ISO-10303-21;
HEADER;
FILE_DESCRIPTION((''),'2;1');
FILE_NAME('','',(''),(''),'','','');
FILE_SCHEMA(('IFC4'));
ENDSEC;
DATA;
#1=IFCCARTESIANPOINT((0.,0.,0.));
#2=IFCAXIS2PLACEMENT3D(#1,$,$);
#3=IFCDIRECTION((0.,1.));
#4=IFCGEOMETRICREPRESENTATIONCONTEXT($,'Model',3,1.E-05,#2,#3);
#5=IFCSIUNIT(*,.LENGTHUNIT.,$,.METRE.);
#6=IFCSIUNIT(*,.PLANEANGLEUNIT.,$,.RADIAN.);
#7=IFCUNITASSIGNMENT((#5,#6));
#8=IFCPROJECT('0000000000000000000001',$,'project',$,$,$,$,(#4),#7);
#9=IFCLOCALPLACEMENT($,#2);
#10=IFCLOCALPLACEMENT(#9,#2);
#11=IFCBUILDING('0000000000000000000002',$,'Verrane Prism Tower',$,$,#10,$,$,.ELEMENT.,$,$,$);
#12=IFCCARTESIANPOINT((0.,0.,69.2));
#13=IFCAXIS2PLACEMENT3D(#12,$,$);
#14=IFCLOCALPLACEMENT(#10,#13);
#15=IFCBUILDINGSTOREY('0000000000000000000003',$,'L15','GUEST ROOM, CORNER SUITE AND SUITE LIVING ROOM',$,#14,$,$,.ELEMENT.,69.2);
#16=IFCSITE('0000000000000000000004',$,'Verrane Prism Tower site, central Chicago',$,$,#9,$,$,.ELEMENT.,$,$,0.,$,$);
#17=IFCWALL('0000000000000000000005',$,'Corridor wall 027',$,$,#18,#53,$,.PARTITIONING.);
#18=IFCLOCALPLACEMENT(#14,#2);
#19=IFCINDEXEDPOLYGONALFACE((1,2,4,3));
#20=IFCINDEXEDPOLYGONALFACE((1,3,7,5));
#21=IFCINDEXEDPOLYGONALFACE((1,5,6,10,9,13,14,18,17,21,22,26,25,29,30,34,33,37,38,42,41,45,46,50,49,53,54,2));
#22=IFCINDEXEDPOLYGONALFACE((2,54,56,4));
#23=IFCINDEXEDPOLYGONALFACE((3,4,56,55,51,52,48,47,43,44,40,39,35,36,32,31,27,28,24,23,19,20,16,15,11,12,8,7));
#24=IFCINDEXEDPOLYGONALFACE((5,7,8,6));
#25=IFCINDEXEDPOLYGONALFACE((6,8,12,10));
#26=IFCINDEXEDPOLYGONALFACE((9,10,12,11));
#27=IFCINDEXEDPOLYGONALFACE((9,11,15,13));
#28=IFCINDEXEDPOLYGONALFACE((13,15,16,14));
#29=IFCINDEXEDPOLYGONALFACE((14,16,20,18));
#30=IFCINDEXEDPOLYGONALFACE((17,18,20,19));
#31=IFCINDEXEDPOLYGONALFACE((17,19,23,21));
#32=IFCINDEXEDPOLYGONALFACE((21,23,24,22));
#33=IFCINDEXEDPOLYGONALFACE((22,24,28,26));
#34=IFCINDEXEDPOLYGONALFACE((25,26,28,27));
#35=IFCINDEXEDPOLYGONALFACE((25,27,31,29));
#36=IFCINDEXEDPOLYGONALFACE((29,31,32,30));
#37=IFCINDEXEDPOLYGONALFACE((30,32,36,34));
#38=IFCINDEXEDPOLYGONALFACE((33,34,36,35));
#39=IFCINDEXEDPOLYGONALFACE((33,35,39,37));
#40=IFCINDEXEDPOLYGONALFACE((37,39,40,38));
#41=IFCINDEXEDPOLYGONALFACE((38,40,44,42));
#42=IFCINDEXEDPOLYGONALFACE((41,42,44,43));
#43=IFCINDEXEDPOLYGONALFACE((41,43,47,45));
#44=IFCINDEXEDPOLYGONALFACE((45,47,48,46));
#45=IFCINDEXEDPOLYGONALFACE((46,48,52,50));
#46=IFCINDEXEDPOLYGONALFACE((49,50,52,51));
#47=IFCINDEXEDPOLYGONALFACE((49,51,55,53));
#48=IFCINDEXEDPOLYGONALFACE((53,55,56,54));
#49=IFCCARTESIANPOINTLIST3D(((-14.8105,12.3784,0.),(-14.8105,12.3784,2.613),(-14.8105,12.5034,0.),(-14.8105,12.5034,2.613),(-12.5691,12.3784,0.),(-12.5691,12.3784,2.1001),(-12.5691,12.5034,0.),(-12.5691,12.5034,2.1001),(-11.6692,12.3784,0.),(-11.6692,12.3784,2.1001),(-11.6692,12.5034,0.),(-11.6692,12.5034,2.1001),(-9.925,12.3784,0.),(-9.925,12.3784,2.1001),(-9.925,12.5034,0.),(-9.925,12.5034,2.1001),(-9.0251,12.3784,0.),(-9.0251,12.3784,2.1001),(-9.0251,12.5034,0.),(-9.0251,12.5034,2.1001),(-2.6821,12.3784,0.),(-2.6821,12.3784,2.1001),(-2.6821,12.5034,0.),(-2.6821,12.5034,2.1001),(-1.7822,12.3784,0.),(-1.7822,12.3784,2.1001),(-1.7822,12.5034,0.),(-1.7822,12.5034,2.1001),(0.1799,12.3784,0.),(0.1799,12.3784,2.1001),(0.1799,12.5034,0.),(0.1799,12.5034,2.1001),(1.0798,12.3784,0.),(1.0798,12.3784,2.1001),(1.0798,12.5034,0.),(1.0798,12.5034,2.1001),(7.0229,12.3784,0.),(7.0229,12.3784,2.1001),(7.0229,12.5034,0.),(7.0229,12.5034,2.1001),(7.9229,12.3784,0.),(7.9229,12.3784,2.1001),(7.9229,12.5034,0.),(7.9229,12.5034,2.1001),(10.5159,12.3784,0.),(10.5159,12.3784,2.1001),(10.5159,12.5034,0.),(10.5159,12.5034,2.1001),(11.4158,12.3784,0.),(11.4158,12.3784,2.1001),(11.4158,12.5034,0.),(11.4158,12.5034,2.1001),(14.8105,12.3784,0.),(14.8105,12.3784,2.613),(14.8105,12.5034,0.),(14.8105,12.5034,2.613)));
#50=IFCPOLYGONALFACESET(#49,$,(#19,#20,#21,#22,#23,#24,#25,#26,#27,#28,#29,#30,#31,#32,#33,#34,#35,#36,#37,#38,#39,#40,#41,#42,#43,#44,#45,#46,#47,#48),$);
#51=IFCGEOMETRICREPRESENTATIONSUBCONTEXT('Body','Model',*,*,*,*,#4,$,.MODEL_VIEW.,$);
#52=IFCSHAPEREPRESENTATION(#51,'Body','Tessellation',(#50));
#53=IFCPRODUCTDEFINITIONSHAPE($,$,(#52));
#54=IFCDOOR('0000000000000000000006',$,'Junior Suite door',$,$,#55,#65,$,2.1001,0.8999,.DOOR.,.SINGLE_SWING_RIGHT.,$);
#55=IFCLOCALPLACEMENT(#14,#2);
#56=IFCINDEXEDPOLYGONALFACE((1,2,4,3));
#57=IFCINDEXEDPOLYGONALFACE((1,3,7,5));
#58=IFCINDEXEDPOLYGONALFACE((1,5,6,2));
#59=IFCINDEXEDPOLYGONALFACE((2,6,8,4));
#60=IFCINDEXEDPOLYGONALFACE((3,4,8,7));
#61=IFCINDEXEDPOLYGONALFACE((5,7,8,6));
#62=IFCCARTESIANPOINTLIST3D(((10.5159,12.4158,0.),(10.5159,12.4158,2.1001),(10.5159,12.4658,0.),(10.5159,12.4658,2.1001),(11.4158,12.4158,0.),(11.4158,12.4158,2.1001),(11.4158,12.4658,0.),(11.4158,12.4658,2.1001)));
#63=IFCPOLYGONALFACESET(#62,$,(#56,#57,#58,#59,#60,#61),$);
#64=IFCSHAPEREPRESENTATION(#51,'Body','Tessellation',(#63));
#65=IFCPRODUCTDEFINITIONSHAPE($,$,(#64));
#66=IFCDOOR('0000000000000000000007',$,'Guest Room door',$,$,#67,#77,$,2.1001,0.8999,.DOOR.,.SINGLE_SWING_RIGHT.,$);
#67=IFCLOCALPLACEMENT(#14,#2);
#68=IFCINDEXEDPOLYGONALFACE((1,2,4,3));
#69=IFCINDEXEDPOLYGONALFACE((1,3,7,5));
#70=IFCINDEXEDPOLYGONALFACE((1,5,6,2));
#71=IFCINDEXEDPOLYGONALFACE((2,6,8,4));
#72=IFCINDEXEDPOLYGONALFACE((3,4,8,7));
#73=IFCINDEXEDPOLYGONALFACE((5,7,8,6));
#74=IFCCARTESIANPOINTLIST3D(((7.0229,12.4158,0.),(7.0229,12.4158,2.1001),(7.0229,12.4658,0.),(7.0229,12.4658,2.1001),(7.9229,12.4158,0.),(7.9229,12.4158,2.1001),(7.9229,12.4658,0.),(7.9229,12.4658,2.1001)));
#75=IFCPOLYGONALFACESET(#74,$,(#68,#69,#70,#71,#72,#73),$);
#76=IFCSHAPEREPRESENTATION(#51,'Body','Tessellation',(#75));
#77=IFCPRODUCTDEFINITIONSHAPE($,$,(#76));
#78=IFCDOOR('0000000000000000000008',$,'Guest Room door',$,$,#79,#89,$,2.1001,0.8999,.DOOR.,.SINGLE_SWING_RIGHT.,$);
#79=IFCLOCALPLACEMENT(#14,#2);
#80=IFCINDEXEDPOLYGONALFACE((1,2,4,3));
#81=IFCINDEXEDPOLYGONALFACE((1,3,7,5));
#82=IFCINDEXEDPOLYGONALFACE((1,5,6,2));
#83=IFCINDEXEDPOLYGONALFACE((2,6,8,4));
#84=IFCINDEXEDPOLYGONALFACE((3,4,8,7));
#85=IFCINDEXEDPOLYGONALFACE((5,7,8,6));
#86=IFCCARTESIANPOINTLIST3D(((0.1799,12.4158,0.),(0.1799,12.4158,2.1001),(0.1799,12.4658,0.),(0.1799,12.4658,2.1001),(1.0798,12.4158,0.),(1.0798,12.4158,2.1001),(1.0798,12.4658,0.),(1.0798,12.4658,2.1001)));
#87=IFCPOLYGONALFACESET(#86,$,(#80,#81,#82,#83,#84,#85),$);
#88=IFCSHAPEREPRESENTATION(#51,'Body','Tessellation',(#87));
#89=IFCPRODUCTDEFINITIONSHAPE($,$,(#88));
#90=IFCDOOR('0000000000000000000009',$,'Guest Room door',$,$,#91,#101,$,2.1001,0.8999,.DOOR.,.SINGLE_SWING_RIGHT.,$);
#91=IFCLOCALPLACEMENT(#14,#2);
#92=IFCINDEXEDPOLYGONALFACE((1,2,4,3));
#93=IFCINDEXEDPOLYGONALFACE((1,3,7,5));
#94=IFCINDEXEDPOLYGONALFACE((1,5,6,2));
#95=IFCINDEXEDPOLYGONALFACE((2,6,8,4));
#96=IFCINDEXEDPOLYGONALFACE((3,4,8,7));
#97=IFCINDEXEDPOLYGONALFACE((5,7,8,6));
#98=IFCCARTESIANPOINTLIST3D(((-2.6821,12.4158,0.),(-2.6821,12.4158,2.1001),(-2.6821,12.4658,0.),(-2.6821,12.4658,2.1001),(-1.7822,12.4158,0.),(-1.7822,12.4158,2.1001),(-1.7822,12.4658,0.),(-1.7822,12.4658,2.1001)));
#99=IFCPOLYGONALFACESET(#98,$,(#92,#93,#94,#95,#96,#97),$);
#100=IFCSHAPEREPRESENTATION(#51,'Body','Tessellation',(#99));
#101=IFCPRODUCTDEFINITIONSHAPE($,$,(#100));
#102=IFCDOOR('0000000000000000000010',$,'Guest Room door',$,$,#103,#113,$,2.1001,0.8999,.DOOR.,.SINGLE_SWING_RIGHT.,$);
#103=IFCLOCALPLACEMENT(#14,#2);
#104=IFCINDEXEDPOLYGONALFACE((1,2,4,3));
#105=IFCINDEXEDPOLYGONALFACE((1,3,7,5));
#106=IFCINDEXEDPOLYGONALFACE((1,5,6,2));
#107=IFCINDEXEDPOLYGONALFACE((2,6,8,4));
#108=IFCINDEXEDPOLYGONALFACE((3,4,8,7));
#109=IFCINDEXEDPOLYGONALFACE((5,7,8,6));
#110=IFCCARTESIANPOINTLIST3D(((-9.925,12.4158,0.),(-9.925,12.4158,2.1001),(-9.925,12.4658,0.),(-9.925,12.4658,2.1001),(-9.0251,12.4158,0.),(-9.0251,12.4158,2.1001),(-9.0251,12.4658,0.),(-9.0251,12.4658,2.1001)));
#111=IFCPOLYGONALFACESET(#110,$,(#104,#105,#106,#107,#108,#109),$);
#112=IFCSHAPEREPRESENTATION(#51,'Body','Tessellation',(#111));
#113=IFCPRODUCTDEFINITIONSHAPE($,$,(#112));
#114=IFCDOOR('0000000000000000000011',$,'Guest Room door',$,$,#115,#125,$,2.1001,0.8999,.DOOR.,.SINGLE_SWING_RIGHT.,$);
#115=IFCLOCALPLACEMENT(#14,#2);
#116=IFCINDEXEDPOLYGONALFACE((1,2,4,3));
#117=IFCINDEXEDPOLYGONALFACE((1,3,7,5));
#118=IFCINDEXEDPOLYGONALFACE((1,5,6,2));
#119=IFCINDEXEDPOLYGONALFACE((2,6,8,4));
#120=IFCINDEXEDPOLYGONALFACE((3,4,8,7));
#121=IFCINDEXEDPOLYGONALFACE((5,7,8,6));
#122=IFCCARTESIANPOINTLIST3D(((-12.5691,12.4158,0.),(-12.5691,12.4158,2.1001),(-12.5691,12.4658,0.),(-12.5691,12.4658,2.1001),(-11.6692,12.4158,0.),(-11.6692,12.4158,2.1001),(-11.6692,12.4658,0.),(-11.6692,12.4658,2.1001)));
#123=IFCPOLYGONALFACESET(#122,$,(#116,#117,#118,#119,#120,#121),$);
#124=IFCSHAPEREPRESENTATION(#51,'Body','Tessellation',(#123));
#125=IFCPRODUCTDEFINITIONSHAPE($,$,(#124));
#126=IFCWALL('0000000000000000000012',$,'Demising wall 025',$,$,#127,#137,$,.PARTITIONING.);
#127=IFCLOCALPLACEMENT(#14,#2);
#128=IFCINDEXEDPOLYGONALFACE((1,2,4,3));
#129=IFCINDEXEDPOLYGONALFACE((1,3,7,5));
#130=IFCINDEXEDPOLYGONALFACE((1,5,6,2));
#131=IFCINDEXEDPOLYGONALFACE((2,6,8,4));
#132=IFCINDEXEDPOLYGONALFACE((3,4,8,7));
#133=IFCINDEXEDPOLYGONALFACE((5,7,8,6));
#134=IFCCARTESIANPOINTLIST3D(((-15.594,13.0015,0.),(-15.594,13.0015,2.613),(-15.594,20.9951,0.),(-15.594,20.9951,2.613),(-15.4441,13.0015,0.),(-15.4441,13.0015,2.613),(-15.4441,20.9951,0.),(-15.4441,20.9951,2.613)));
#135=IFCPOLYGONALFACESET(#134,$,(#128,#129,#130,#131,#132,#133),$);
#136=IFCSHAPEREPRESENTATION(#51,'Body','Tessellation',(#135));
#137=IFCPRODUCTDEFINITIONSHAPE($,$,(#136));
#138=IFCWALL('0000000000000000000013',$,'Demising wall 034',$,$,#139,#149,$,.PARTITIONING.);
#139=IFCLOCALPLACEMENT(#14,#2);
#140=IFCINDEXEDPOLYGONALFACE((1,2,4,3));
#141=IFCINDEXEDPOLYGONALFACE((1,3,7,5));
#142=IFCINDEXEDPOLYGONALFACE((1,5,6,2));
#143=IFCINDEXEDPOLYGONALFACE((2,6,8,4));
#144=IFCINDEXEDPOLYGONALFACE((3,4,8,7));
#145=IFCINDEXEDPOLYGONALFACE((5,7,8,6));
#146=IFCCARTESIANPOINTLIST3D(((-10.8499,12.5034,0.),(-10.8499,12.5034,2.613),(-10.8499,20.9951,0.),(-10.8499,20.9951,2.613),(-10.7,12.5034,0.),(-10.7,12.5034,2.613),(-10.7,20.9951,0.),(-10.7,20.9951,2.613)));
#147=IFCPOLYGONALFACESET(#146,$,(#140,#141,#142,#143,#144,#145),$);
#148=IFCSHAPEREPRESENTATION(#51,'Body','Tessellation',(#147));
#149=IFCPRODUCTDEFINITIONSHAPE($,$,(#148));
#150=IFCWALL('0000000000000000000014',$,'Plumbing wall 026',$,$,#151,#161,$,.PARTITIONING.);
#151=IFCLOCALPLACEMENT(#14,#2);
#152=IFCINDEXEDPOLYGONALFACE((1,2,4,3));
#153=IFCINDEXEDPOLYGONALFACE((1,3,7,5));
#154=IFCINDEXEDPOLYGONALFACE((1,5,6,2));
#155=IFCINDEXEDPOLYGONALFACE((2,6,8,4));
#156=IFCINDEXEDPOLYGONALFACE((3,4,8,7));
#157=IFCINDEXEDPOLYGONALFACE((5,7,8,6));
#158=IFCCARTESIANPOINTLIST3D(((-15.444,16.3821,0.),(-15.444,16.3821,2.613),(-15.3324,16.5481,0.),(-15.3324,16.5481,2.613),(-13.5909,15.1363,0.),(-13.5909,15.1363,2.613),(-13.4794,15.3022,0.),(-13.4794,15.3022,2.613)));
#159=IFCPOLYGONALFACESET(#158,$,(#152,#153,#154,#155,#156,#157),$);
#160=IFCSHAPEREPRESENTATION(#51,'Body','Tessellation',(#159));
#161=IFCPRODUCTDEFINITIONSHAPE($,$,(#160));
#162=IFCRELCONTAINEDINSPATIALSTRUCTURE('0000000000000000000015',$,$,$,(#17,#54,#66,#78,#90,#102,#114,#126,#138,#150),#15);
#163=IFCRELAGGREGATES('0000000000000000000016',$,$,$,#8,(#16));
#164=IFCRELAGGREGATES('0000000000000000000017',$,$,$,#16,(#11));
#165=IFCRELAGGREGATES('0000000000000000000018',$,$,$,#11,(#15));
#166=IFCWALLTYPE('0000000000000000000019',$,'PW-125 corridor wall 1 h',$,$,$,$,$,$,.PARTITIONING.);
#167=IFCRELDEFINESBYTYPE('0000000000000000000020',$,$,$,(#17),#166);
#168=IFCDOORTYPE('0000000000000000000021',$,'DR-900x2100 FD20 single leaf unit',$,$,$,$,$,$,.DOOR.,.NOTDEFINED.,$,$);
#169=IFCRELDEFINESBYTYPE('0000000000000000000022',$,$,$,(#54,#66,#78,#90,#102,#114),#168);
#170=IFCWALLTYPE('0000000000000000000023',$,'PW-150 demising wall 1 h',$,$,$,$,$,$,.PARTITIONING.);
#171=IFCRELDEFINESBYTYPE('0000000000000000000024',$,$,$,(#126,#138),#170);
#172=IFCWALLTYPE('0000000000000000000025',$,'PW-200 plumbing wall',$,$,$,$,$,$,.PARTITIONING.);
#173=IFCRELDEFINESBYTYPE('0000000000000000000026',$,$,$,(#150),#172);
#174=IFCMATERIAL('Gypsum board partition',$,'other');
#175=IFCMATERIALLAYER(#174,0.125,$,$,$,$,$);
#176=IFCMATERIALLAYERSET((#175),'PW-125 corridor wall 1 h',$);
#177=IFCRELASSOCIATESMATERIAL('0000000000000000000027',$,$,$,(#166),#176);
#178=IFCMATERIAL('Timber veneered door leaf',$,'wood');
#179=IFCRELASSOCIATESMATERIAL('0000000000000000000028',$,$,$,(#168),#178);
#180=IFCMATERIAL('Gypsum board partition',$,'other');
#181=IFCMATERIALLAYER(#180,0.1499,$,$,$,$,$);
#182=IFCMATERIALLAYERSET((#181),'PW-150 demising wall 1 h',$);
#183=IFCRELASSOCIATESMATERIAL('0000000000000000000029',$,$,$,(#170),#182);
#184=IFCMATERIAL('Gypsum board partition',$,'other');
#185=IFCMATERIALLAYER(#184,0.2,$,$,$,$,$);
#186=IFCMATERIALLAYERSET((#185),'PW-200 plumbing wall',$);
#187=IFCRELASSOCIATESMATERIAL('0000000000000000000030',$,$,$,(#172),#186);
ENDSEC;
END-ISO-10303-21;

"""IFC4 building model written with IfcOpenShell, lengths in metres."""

from ifc_helpers import new_model, si_unit, direction, frame, frame_2d, origin, place, context, subcontext, project, spatial, rectangle, extrude, material, layer, layer_set, type_object, element, fill, save


model = new_model("IFC4")

# Units and contexts
model_context = context("Model", 3, precision=1e-05, world=origin(), true_north=direction((0.0, 1.0)))
body_context = subcontext(model_context, "Body", "Model", "MODEL_VIEW")
ifc_project = project(units=[si_unit("LENGTHUNIT", "METRE"), si_unit("PLANEANGLEUNIT", "RADIAN")], contexts=[model_context])

# Site, building, storey
site_placement = place(None, origin())
site = spatial("IfcSite", under=ifc_project, at=site_placement, Name="Verrane Prism Tower site, central Chicago", CompositionType="ELEMENT", RefElevation=0.0)
building_placement = place(site_placement, origin())
building = spatial("IfcBuilding", under=site, at=building_placement, Name="Verrane Prism Tower", CompositionType="ELEMENT")
storey_placement = place(building_placement, frame((0.0, 0.0, 69.2)))
storey = spatial("IfcBuildingStorey", under=building, at=storey_placement, Name="L15", Description="GUEST ROOM, CORNER SUITE AND SUITE LIVING ROOM", CompositionType="ELEMENT", Elevation=69.2)

# Shared definitions
ifc_material_1 = material(Name="Gypsum board partition", Category="other")
ifc_layer_1 = layer(ifc_material_1, 0.125)
ifc_layer_set_1 = layer_set([ifc_layer_1], Name="PW-125 corridor wall 1 h")
wall_type_1 = type_object("IfcWallType", Name="PW-125 corridor wall 1 h", PredefinedType="PARTITIONING", material=ifc_layer_set_1)

# Wall, openings, doors
wall_1_placement = place(storey_placement, frame((-14.8105, 12.4409, 0.0), z_axis=(0.0, 0.0, 1.0), x_axis=(1.0, 0.0, 0.0)))
wall_1 = element("IfcWall", 1, at=wall_1_placement, inside=storey, type_object=wall_type_1, Name="Corridor wall 027", PredefinedType="PARTITIONING", context=body_context, shape_type="SweptSolid", body=[
    extrude(rectangle(XDim=29.6211, YDim=0.125, at=frame_2d((14.8105, 0.0))), origin(), (0.0, 0.0, 1.0), 2.613),
])
opening_1_placement = place(wall_1_placement, frame((25.3264, 0.0, 0.0)))
opening_1 = element("IfcOpeningElement", 2, at=opening_1_placement, cuts=wall_1, PredefinedType="OPENING", context=body_context, shape_type="SweptSolid", body=[
    extrude(rectangle(XDim=0.8999, YDim=2.1001, at=frame_2d((0.45, 1.05))), frame((0.0, 0.0725, 0.0), z_axis=(0.0, -1.0, 0.0), x_axis=(1.0, 0.0, 0.0)), (0.0, 0.0, 1.0), 0.145),
])
opening_2_placement = place(wall_1_placement, frame((21.8335, 0.0, 0.0)))
opening_2 = element("IfcOpeningElement", 3, at=opening_2_placement, cuts=wall_1, PredefinedType="OPENING", context=body_context, shape_type="SweptSolid", body=[
    extrude(rectangle(XDim=0.8999, YDim=2.1001, at=frame_2d((0.45, 1.05))), frame((0.0, 0.0725, 0.0), z_axis=(0.0, -1.0, 0.0), x_axis=(1.0, 0.0, 0.0)), (0.0, 0.0, 1.0), 0.145),
])
opening_3_placement = place(wall_1_placement, frame((14.9905, 0.0, 0.0)))
opening_3 = element("IfcOpeningElement", 4, at=opening_3_placement, cuts=wall_1, PredefinedType="OPENING", context=body_context, shape_type="SweptSolid", body=[
    extrude(rectangle(XDim=0.8999, YDim=2.1001, at=frame_2d((0.45, 1.05))), frame((0.0, 0.0725, 0.0), z_axis=(0.0, -1.0, 0.0), x_axis=(1.0, 0.0, 0.0)), (0.0, 0.0, 1.0), 0.145),
])
opening_4_placement = place(wall_1_placement, frame((12.1284, 0.0, 0.0)))
opening_4 = element("IfcOpeningElement", 5, at=opening_4_placement, cuts=wall_1, PredefinedType="OPENING", context=body_context, shape_type="SweptSolid", body=[
    extrude(rectangle(XDim=0.8999, YDim=2.1001, at=frame_2d((0.45, 1.05))), frame((0.0, 0.0725, 0.0), z_axis=(0.0, -1.0, 0.0), x_axis=(1.0, 0.0, 0.0)), (0.0, 0.0, 1.0), 0.145),
])
opening_5_placement = place(wall_1_placement, frame((4.8855, 0.0, 0.0)))
opening_5 = element("IfcOpeningElement", 6, at=opening_5_placement, cuts=wall_1, PredefinedType="OPENING", context=body_context, shape_type="SweptSolid", body=[
    extrude(rectangle(XDim=0.8999, YDim=2.1001, at=frame_2d((0.45, 1.05))), frame((0.0, 0.0725, 0.0), z_axis=(0.0, -1.0, 0.0), x_axis=(1.0, 0.0, 0.0)), (0.0, 0.0, 1.0), 0.145),
])
opening_6_placement = place(wall_1_placement, frame((2.2415, 0.0, 0.0)))
opening_6 = element("IfcOpeningElement", 7, at=opening_6_placement, cuts=wall_1, PredefinedType="OPENING", context=body_context, shape_type="SweptSolid", body=[
    extrude(rectangle(XDim=0.8999, YDim=2.1001, at=frame_2d((0.45, 1.05))), frame((0.0, 0.0725, 0.0), z_axis=(0.0, -1.0, 0.0), x_axis=(1.0, 0.0, 0.0)), (0.0, 0.0, 1.0), 0.145),
])
ifc_material_2 = material(Name="Timber veneered door leaf", Category="wood")
door_type_1 = type_object("IfcDoorType", Name="DR-900x2100 FD20 single leaf unit", OperationType="NOTDEFINED", PredefinedType="DOOR", material=ifc_material_2)
door_1_placement = place(opening_1_placement, origin())
door_1 = element("IfcDoor", 8, at=door_1_placement, inside=storey, type_object=door_type_1, Name="Junior Suite door", OperationType="SINGLE_SWING_RIGHT", OverallHeight=2.1001, OverallWidth=0.8999, PredefinedType="DOOR", context=body_context, shape_type="SweptSolid", body=[
    extrude(rectangle(XDim=0.8999, YDim=2.1001, at=frame_2d((0.45, 1.05))), frame((0.0, 0.0249, 0.0), z_axis=(0.0, -1.0, 0.0), x_axis=(1.0, 0.0, 0.0)), (0.0, 0.0, 1.0), 0.05),
])
fill(opening_1, door_1)
door_2_placement = place(opening_2_placement, origin())
door_2 = element("IfcDoor", 9, at=door_2_placement, inside=storey, type_object=door_type_1, Name="Guest Room door", OperationType="SINGLE_SWING_RIGHT", OverallHeight=2.1001, OverallWidth=0.8999, PredefinedType="DOOR", context=body_context, shape_type="SweptSolid", body=[
    extrude(rectangle(XDim=0.8999, YDim=2.1001, at=frame_2d((0.45, 1.05))), frame((0.0, 0.0249, 0.0), z_axis=(0.0, -1.0, 0.0), x_axis=(1.0, 0.0, 0.0)), (0.0, 0.0, 1.0), 0.05),
])
fill(opening_2, door_2)
door_3_placement = place(opening_3_placement, origin())
door_3 = element("IfcDoor", 10, at=door_3_placement, inside=storey, type_object=door_type_1, Name="Guest Room door", OperationType="SINGLE_SWING_RIGHT", OverallHeight=2.1001, OverallWidth=0.8999, PredefinedType="DOOR", context=body_context, shape_type="SweptSolid", body=[
    extrude(rectangle(XDim=0.8999, YDim=2.1001, at=frame_2d((0.45, 1.05))), frame((0.0, 0.0249, 0.0), z_axis=(0.0, -1.0, 0.0), x_axis=(1.0, 0.0, 0.0)), (0.0, 0.0, 1.0), 0.05),
])
fill(opening_3, door_3)
door_4_placement = place(opening_4_placement, origin())
door_4 = element("IfcDoor", 11, at=door_4_placement, inside=storey, type_object=door_type_1, Name="Guest Room door", OperationType="SINGLE_SWING_RIGHT", OverallHeight=2.1001, OverallWidth=0.8999, PredefinedType="DOOR", context=body_context, shape_type="SweptSolid", body=[
    extrude(rectangle(XDim=0.8999, YDim=2.1001, at=frame_2d((0.45, 1.05))), frame((0.0, 0.0249, 0.0), z_axis=(0.0, -1.0, 0.0), x_axis=(1.0, 0.0, 0.0)), (0.0, 0.0, 1.0), 0.05),
])
fill(opening_4, door_4)
door_5_placement = place(opening_5_placement, origin())
door_5 = element("IfcDoor", 12, at=door_5_placement, inside=storey, type_object=door_type_1, Name="Guest Room door", OperationType="SINGLE_SWING_RIGHT", OverallHeight=2.1001, OverallWidth=0.8999, PredefinedType="DOOR", context=body_context, shape_type="SweptSolid", body=[
    extrude(rectangle(XDim=0.8999, YDim=2.1001, at=frame_2d((0.45, 1.05))), frame((0.0, 0.0249, 0.0), z_axis=(0.0, -1.0, 0.0), x_axis=(1.0, 0.0, 0.0)), (0.0, 0.0, 1.0), 0.05),
])
fill(opening_5, door_5)
door_6_placement = place(opening_6_placement, origin())
door_6 = element("IfcDoor", 13, at=door_6_placement, inside=storey, type_object=door_type_1, Name="Guest Room door", OperationType="SINGLE_SWING_RIGHT", OverallHeight=2.1001, OverallWidth=0.8999, PredefinedType="DOOR", context=body_context, shape_type="SweptSolid", body=[
    extrude(rectangle(XDim=0.8999, YDim=2.1001, at=frame_2d((0.45, 1.05))), frame((0.0, 0.0249, 0.0), z_axis=(0.0, -1.0, 0.0), x_axis=(1.0, 0.0, 0.0)), (0.0, 0.0, 1.0), 0.05),
])
fill(opening_6, door_6)

# Walls
ifc_material_3 = material(Name="Gypsum board partition", Category="other")
ifc_layer_2 = layer(ifc_material_3, 0.1499)
ifc_layer_set_2 = layer_set([ifc_layer_2], Name="PW-150 demising wall 1 h")
wall_type_2 = type_object("IfcWallType", Name="PW-150 demising wall 1 h", PredefinedType="PARTITIONING", material=ifc_layer_set_2)
wall_2_placement = place(storey_placement, frame((-15.519, 13.0015, 0.0), z_axis=(0.0, 0.0, 1.0), x_axis=(0.0, 1.0, 0.0)))
element("IfcWall", 14, at=wall_2_placement, inside=storey, type_object=wall_type_2, Name="Demising wall 025", PredefinedType="PARTITIONING", context=body_context, shape_type="SweptSolid", body=[
    extrude(rectangle(XDim=7.9937, YDim=0.1499, at=frame_2d((3.9968, 0.0))), origin(), (0.0, 0.0, 1.0), 2.613),
])
wall_3_placement = place(storey_placement, frame((-10.7749, 12.5034, 0.0), z_axis=(0.0, 0.0, 1.0), x_axis=(0.0, 1.0, 0.0)))
element("IfcWall", 15, at=wall_3_placement, inside=storey, type_object=wall_type_2, Name="Demising wall 034", PredefinedType="PARTITIONING", context=body_context, shape_type="SweptSolid", body=[
    extrude(rectangle(XDim=8.4917, YDim=0.1499, at=frame_2d((4.2458, 0.0))), origin(), (0.0, 0.0, 1.0), 2.613),
])
ifc_material_4 = material(Name="Gypsum board partition", Category="other")
ifc_layer_3 = layer(ifc_material_4, 0.2)
ifc_layer_set_3 = layer_set([ifc_layer_3], Name="PW-200 plumbing wall")
wall_type_3 = type_object("IfcWallType", Name="PW-200 plumbing wall", PredefinedType="PARTITIONING", material=ifc_layer_set_3)
wall_4_placement = place(storey_placement, frame((-15.3882, 16.4651, 0.0), z_axis=(0.0, 0.0, 1.0), x_axis=(0.829874, -0.557951, 0.0)))
element("IfcWall", 16, at=wall_4_placement, inside=storey, type_object=wall_type_3, Name="Plumbing wall 026", PredefinedType="PARTITIONING", context=body_context, shape_type="SweptSolid", body=[
    extrude(rectangle(XDim=2.2329, YDim=0.2, at=frame_2d((1.1165, 0.0))), origin(), (0.0, 0.0, 1.0), 2.613),
])

save(model, "model.ifc")
